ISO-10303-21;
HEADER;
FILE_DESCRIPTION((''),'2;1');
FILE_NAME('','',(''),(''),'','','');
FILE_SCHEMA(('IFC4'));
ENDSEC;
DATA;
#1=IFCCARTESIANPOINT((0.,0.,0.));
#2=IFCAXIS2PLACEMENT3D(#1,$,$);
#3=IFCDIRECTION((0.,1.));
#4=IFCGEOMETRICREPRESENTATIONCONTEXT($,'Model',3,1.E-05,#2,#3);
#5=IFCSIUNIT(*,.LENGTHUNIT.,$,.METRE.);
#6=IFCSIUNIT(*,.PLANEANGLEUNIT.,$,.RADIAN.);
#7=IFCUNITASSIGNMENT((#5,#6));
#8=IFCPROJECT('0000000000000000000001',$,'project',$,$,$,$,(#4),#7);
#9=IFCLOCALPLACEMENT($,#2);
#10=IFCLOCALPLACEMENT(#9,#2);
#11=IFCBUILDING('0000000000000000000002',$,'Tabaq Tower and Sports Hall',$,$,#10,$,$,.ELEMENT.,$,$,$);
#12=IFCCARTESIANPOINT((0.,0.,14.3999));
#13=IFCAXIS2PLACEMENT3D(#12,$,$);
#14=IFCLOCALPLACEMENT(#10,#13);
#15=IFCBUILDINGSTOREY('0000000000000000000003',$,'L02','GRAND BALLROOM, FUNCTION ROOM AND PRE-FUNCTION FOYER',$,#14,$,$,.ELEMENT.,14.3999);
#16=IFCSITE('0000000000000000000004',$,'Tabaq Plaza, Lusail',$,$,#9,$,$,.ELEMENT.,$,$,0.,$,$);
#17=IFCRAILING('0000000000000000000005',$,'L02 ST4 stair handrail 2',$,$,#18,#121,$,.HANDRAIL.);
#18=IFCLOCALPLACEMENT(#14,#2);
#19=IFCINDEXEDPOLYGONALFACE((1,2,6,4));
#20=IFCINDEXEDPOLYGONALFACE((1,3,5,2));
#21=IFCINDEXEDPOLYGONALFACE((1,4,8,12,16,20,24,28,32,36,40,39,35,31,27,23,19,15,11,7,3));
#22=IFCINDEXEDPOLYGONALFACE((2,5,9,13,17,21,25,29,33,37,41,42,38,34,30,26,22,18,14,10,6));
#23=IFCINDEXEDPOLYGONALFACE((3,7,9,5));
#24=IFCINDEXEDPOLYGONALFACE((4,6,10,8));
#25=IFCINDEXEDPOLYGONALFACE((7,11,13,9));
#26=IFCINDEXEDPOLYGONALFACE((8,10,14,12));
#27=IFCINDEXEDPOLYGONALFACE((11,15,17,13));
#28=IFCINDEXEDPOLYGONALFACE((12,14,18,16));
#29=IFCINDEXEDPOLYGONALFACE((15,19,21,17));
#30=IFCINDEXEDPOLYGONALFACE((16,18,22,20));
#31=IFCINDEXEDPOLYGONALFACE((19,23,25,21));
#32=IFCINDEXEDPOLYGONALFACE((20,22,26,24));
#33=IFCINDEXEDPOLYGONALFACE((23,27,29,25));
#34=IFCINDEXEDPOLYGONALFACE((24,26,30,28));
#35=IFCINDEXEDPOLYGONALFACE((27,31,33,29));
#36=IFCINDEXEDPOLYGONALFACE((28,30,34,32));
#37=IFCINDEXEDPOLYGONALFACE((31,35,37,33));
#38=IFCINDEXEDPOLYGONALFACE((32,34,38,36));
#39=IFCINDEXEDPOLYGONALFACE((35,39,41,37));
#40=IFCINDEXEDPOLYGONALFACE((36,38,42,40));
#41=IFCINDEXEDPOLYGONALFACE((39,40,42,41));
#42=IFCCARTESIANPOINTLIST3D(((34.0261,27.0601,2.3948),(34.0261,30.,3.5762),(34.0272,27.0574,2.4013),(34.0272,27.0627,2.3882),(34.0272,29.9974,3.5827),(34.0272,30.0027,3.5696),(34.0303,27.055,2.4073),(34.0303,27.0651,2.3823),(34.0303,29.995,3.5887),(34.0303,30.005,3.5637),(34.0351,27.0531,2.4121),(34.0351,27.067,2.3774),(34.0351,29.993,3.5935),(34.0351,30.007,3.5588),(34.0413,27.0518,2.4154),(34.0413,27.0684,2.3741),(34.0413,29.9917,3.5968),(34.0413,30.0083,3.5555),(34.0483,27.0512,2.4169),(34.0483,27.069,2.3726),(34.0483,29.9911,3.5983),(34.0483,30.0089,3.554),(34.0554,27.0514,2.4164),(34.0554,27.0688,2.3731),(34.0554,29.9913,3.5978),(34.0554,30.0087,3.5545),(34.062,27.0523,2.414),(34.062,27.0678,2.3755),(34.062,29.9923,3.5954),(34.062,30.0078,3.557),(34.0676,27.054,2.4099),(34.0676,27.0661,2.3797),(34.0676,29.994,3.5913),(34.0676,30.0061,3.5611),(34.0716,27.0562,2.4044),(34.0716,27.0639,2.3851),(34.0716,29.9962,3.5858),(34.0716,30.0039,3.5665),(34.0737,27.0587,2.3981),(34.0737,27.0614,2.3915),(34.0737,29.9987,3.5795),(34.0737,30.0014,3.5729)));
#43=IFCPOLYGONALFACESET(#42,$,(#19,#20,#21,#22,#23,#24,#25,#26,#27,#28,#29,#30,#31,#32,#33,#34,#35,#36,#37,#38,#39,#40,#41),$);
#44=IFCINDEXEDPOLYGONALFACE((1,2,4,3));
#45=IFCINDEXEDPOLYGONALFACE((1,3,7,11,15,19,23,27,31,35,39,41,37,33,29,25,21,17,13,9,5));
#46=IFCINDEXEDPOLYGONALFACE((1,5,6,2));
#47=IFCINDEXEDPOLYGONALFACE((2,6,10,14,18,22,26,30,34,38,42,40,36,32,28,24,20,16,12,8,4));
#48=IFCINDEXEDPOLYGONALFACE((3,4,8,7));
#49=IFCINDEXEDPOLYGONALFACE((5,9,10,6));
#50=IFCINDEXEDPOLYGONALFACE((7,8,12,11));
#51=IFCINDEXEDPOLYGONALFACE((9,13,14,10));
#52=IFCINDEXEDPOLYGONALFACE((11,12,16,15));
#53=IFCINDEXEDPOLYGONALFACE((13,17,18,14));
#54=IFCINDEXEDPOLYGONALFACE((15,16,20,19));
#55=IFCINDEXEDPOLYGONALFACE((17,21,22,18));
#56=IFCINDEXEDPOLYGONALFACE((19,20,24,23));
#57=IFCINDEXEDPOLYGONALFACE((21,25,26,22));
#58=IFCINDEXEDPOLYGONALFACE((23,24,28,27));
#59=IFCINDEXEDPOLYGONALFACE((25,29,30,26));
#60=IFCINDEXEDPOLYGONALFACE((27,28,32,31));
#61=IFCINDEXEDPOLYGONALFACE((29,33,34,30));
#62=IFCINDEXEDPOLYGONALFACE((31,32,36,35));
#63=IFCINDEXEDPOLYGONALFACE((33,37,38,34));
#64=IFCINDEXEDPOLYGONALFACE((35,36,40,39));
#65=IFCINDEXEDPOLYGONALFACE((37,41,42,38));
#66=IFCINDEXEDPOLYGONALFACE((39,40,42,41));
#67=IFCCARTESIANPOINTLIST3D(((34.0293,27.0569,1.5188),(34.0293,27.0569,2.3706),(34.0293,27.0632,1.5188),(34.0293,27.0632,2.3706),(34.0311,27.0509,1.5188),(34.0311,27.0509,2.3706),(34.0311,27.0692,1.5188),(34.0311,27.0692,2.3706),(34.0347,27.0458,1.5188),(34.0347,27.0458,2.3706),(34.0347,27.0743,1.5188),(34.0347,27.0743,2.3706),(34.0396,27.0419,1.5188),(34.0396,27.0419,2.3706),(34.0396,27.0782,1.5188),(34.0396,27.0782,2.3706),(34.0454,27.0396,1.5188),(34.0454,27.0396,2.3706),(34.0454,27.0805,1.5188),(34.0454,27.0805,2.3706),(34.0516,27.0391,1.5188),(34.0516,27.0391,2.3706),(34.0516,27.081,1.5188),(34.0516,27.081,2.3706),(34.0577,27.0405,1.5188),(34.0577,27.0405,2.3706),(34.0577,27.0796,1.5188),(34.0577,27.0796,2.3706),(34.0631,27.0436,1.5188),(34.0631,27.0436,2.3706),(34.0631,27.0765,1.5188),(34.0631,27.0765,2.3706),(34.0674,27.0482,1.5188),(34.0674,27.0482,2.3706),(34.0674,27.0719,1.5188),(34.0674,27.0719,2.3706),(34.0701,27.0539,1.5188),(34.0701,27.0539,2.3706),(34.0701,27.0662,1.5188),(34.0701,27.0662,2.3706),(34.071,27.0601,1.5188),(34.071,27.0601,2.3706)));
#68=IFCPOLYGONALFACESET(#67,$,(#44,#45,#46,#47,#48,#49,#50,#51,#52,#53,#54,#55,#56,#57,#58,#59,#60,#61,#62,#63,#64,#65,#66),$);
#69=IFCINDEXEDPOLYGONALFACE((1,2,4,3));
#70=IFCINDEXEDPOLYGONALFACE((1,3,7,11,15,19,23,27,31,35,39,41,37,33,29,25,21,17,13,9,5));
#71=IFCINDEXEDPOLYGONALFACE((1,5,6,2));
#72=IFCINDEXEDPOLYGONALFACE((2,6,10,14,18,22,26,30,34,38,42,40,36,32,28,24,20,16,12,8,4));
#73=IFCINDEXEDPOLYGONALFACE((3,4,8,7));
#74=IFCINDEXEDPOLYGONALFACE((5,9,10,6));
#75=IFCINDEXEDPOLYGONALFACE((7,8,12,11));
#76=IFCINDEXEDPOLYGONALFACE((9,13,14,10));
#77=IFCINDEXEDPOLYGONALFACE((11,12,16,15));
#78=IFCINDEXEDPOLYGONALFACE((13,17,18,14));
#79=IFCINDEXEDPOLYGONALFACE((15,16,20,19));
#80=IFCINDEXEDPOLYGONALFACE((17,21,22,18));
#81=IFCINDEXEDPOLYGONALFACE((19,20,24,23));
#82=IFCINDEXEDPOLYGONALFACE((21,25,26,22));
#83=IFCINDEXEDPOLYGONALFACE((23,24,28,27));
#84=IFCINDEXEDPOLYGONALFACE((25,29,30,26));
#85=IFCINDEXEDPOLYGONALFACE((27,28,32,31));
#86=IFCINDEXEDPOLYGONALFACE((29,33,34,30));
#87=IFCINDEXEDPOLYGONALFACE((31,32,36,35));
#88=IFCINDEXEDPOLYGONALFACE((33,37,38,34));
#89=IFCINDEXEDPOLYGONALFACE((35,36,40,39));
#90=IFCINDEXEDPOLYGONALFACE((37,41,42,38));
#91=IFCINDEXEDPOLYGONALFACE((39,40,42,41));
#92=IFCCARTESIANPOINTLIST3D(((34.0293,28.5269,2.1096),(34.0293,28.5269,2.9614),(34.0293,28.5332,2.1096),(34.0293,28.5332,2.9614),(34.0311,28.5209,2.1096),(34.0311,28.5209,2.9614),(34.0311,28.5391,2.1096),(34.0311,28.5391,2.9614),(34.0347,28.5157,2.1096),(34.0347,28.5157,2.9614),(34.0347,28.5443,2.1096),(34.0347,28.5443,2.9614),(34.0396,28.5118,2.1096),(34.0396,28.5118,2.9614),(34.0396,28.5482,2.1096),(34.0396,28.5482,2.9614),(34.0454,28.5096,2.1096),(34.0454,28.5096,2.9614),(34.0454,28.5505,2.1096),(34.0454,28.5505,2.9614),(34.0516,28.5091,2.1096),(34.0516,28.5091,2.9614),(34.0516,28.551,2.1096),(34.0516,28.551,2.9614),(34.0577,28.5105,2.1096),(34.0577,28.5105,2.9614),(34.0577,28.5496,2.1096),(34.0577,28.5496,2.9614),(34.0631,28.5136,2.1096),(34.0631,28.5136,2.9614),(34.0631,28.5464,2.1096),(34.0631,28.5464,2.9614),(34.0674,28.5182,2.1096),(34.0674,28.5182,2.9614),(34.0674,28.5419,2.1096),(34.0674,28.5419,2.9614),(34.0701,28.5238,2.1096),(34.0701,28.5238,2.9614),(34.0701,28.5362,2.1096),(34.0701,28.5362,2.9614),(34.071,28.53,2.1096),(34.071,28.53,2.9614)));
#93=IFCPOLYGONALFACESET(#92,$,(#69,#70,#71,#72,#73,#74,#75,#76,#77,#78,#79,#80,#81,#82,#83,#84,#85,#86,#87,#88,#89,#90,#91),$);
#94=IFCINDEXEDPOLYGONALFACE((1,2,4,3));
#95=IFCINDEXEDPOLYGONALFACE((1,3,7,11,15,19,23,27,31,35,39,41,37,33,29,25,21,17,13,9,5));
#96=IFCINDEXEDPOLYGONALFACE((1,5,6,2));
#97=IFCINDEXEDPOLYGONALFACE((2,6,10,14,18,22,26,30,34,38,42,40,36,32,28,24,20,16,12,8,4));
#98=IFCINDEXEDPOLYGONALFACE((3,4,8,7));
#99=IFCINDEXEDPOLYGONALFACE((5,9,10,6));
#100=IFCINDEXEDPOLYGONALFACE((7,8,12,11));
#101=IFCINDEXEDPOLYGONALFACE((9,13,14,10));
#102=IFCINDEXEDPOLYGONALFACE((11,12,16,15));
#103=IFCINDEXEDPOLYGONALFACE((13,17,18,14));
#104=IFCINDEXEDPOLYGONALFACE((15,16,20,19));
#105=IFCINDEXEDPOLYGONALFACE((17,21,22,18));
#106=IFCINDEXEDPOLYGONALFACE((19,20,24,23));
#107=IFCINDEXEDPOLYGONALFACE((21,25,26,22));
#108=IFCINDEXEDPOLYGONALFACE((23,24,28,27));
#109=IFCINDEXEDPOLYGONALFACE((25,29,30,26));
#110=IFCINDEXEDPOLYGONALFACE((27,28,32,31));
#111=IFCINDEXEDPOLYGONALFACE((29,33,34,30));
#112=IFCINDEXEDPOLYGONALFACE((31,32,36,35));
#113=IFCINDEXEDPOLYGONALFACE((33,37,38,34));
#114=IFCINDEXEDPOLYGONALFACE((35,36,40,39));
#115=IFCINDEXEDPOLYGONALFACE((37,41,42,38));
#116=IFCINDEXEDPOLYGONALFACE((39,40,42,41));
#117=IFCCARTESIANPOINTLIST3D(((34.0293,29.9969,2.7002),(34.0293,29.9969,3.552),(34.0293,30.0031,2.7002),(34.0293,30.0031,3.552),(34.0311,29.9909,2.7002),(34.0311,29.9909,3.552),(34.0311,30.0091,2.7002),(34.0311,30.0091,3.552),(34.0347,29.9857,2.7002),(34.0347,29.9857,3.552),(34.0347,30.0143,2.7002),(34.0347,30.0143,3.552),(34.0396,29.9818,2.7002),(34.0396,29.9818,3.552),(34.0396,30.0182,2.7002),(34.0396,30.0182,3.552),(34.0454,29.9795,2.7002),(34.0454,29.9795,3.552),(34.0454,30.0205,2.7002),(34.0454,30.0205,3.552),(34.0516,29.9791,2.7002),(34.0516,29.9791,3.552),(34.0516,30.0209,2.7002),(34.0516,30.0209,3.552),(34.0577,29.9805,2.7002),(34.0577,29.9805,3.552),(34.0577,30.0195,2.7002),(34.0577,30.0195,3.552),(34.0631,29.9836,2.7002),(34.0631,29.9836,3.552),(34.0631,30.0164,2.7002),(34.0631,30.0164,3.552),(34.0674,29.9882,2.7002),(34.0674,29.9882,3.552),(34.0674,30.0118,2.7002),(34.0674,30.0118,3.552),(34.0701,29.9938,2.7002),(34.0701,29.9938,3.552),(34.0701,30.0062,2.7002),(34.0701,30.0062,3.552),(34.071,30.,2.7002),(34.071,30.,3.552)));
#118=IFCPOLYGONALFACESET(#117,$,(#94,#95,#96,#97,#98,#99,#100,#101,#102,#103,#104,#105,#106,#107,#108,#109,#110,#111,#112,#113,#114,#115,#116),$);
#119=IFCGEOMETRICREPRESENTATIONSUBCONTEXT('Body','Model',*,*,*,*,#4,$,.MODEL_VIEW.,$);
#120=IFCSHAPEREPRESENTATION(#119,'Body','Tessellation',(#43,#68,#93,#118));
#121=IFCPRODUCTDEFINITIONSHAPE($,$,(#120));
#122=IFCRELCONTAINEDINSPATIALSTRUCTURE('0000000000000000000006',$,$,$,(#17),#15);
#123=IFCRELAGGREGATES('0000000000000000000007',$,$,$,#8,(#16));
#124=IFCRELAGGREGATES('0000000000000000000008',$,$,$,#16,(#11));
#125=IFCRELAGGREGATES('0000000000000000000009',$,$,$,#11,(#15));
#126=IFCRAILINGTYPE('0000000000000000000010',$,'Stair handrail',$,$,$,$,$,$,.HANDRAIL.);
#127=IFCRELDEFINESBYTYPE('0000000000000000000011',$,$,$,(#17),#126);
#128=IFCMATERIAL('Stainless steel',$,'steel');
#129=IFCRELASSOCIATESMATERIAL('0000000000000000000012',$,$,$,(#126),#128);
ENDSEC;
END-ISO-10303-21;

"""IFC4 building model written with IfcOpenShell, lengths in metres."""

from ifc_helpers import new_model, si_unit, direction, frame, origin, origin_2d, place, context, subcontext, project, spatial, circle, extrude, material, type_object, element, save


model = new_model("IFC4")

# Units and contexts
model_context = context("Model", 3, precision=1e-05, world=origin(), true_north=direction((0.0, 1.0)))
body_context = subcontext(model_context, "Body", "Model", "MODEL_VIEW")
ifc_project = project(units=[si_unit("LENGTHUNIT", "METRE"), si_unit("PLANEANGLEUNIT", "RADIAN")], contexts=[model_context])

# Site, building, storey
site_placement = place(None, origin())
site = spatial("IfcSite", under=ifc_project, at=site_placement, Name="Tabaq Plaza, Lusail", CompositionType="ELEMENT", RefElevation=0.0)
building_placement = place(site_placement, origin())
building = spatial("IfcBuilding", under=site, at=building_placement, Name="Tabaq Tower and Sports Hall", CompositionType="ELEMENT")
storey_placement = place(building_placement, frame((0.0, 0.0, 14.3999)))
storey = spatial("IfcBuildingStorey", under=building, at=storey_placement, Name="L02", Description="GRAND BALLROOM, FUNCTION ROOM AND PRE-FUNCTION FOYER", CompositionType="ELEMENT", Elevation=14.3999)

# Railing
ifc_material_1 = material(Name="Stainless steel", Category="steel")
railing_type_1 = type_object("IfcRailingType", Name="Stair handrail", PredefinedType="HANDRAIL", material=ifc_material_1)
railing_1_placement = place(storey_placement, frame((34.05, 27.0601, 1.5188)))
element("IfcRailing", 1, at=railing_1_placement, inside=storey, type_object=railing_type_1, Name="L02 ST4 stair handrail 2", PredefinedType="HANDRAIL", context=body_context, shape_type="SweptSolid", body=[
    extrude(circle(Radius=0.0239, at=origin_2d()), frame((0.0, 0.0, 0.876), z_axis=(0.0, 0.927886, 0.372865), x_axis=(-1.0, 0.0, 0.0)), (0.0, 0.0, 1.0), 3.1685),
    extrude(circle(Radius=0.021, at=origin_2d()), origin(), (0.0, 0.0, 1.0), 0.8518),
    extrude(circle(Radius=0.021, at=origin_2d()), frame((0.0, 1.47, 0.5908)), (0.0, 0.0, 1.0), 0.8518),
    extrude(circle(Radius=0.021, at=origin_2d()), frame((0.0, 2.9399, 1.1814)), (0.0, 0.0, 1.0), 0.8518),
])

save(model, "model.ifc")
